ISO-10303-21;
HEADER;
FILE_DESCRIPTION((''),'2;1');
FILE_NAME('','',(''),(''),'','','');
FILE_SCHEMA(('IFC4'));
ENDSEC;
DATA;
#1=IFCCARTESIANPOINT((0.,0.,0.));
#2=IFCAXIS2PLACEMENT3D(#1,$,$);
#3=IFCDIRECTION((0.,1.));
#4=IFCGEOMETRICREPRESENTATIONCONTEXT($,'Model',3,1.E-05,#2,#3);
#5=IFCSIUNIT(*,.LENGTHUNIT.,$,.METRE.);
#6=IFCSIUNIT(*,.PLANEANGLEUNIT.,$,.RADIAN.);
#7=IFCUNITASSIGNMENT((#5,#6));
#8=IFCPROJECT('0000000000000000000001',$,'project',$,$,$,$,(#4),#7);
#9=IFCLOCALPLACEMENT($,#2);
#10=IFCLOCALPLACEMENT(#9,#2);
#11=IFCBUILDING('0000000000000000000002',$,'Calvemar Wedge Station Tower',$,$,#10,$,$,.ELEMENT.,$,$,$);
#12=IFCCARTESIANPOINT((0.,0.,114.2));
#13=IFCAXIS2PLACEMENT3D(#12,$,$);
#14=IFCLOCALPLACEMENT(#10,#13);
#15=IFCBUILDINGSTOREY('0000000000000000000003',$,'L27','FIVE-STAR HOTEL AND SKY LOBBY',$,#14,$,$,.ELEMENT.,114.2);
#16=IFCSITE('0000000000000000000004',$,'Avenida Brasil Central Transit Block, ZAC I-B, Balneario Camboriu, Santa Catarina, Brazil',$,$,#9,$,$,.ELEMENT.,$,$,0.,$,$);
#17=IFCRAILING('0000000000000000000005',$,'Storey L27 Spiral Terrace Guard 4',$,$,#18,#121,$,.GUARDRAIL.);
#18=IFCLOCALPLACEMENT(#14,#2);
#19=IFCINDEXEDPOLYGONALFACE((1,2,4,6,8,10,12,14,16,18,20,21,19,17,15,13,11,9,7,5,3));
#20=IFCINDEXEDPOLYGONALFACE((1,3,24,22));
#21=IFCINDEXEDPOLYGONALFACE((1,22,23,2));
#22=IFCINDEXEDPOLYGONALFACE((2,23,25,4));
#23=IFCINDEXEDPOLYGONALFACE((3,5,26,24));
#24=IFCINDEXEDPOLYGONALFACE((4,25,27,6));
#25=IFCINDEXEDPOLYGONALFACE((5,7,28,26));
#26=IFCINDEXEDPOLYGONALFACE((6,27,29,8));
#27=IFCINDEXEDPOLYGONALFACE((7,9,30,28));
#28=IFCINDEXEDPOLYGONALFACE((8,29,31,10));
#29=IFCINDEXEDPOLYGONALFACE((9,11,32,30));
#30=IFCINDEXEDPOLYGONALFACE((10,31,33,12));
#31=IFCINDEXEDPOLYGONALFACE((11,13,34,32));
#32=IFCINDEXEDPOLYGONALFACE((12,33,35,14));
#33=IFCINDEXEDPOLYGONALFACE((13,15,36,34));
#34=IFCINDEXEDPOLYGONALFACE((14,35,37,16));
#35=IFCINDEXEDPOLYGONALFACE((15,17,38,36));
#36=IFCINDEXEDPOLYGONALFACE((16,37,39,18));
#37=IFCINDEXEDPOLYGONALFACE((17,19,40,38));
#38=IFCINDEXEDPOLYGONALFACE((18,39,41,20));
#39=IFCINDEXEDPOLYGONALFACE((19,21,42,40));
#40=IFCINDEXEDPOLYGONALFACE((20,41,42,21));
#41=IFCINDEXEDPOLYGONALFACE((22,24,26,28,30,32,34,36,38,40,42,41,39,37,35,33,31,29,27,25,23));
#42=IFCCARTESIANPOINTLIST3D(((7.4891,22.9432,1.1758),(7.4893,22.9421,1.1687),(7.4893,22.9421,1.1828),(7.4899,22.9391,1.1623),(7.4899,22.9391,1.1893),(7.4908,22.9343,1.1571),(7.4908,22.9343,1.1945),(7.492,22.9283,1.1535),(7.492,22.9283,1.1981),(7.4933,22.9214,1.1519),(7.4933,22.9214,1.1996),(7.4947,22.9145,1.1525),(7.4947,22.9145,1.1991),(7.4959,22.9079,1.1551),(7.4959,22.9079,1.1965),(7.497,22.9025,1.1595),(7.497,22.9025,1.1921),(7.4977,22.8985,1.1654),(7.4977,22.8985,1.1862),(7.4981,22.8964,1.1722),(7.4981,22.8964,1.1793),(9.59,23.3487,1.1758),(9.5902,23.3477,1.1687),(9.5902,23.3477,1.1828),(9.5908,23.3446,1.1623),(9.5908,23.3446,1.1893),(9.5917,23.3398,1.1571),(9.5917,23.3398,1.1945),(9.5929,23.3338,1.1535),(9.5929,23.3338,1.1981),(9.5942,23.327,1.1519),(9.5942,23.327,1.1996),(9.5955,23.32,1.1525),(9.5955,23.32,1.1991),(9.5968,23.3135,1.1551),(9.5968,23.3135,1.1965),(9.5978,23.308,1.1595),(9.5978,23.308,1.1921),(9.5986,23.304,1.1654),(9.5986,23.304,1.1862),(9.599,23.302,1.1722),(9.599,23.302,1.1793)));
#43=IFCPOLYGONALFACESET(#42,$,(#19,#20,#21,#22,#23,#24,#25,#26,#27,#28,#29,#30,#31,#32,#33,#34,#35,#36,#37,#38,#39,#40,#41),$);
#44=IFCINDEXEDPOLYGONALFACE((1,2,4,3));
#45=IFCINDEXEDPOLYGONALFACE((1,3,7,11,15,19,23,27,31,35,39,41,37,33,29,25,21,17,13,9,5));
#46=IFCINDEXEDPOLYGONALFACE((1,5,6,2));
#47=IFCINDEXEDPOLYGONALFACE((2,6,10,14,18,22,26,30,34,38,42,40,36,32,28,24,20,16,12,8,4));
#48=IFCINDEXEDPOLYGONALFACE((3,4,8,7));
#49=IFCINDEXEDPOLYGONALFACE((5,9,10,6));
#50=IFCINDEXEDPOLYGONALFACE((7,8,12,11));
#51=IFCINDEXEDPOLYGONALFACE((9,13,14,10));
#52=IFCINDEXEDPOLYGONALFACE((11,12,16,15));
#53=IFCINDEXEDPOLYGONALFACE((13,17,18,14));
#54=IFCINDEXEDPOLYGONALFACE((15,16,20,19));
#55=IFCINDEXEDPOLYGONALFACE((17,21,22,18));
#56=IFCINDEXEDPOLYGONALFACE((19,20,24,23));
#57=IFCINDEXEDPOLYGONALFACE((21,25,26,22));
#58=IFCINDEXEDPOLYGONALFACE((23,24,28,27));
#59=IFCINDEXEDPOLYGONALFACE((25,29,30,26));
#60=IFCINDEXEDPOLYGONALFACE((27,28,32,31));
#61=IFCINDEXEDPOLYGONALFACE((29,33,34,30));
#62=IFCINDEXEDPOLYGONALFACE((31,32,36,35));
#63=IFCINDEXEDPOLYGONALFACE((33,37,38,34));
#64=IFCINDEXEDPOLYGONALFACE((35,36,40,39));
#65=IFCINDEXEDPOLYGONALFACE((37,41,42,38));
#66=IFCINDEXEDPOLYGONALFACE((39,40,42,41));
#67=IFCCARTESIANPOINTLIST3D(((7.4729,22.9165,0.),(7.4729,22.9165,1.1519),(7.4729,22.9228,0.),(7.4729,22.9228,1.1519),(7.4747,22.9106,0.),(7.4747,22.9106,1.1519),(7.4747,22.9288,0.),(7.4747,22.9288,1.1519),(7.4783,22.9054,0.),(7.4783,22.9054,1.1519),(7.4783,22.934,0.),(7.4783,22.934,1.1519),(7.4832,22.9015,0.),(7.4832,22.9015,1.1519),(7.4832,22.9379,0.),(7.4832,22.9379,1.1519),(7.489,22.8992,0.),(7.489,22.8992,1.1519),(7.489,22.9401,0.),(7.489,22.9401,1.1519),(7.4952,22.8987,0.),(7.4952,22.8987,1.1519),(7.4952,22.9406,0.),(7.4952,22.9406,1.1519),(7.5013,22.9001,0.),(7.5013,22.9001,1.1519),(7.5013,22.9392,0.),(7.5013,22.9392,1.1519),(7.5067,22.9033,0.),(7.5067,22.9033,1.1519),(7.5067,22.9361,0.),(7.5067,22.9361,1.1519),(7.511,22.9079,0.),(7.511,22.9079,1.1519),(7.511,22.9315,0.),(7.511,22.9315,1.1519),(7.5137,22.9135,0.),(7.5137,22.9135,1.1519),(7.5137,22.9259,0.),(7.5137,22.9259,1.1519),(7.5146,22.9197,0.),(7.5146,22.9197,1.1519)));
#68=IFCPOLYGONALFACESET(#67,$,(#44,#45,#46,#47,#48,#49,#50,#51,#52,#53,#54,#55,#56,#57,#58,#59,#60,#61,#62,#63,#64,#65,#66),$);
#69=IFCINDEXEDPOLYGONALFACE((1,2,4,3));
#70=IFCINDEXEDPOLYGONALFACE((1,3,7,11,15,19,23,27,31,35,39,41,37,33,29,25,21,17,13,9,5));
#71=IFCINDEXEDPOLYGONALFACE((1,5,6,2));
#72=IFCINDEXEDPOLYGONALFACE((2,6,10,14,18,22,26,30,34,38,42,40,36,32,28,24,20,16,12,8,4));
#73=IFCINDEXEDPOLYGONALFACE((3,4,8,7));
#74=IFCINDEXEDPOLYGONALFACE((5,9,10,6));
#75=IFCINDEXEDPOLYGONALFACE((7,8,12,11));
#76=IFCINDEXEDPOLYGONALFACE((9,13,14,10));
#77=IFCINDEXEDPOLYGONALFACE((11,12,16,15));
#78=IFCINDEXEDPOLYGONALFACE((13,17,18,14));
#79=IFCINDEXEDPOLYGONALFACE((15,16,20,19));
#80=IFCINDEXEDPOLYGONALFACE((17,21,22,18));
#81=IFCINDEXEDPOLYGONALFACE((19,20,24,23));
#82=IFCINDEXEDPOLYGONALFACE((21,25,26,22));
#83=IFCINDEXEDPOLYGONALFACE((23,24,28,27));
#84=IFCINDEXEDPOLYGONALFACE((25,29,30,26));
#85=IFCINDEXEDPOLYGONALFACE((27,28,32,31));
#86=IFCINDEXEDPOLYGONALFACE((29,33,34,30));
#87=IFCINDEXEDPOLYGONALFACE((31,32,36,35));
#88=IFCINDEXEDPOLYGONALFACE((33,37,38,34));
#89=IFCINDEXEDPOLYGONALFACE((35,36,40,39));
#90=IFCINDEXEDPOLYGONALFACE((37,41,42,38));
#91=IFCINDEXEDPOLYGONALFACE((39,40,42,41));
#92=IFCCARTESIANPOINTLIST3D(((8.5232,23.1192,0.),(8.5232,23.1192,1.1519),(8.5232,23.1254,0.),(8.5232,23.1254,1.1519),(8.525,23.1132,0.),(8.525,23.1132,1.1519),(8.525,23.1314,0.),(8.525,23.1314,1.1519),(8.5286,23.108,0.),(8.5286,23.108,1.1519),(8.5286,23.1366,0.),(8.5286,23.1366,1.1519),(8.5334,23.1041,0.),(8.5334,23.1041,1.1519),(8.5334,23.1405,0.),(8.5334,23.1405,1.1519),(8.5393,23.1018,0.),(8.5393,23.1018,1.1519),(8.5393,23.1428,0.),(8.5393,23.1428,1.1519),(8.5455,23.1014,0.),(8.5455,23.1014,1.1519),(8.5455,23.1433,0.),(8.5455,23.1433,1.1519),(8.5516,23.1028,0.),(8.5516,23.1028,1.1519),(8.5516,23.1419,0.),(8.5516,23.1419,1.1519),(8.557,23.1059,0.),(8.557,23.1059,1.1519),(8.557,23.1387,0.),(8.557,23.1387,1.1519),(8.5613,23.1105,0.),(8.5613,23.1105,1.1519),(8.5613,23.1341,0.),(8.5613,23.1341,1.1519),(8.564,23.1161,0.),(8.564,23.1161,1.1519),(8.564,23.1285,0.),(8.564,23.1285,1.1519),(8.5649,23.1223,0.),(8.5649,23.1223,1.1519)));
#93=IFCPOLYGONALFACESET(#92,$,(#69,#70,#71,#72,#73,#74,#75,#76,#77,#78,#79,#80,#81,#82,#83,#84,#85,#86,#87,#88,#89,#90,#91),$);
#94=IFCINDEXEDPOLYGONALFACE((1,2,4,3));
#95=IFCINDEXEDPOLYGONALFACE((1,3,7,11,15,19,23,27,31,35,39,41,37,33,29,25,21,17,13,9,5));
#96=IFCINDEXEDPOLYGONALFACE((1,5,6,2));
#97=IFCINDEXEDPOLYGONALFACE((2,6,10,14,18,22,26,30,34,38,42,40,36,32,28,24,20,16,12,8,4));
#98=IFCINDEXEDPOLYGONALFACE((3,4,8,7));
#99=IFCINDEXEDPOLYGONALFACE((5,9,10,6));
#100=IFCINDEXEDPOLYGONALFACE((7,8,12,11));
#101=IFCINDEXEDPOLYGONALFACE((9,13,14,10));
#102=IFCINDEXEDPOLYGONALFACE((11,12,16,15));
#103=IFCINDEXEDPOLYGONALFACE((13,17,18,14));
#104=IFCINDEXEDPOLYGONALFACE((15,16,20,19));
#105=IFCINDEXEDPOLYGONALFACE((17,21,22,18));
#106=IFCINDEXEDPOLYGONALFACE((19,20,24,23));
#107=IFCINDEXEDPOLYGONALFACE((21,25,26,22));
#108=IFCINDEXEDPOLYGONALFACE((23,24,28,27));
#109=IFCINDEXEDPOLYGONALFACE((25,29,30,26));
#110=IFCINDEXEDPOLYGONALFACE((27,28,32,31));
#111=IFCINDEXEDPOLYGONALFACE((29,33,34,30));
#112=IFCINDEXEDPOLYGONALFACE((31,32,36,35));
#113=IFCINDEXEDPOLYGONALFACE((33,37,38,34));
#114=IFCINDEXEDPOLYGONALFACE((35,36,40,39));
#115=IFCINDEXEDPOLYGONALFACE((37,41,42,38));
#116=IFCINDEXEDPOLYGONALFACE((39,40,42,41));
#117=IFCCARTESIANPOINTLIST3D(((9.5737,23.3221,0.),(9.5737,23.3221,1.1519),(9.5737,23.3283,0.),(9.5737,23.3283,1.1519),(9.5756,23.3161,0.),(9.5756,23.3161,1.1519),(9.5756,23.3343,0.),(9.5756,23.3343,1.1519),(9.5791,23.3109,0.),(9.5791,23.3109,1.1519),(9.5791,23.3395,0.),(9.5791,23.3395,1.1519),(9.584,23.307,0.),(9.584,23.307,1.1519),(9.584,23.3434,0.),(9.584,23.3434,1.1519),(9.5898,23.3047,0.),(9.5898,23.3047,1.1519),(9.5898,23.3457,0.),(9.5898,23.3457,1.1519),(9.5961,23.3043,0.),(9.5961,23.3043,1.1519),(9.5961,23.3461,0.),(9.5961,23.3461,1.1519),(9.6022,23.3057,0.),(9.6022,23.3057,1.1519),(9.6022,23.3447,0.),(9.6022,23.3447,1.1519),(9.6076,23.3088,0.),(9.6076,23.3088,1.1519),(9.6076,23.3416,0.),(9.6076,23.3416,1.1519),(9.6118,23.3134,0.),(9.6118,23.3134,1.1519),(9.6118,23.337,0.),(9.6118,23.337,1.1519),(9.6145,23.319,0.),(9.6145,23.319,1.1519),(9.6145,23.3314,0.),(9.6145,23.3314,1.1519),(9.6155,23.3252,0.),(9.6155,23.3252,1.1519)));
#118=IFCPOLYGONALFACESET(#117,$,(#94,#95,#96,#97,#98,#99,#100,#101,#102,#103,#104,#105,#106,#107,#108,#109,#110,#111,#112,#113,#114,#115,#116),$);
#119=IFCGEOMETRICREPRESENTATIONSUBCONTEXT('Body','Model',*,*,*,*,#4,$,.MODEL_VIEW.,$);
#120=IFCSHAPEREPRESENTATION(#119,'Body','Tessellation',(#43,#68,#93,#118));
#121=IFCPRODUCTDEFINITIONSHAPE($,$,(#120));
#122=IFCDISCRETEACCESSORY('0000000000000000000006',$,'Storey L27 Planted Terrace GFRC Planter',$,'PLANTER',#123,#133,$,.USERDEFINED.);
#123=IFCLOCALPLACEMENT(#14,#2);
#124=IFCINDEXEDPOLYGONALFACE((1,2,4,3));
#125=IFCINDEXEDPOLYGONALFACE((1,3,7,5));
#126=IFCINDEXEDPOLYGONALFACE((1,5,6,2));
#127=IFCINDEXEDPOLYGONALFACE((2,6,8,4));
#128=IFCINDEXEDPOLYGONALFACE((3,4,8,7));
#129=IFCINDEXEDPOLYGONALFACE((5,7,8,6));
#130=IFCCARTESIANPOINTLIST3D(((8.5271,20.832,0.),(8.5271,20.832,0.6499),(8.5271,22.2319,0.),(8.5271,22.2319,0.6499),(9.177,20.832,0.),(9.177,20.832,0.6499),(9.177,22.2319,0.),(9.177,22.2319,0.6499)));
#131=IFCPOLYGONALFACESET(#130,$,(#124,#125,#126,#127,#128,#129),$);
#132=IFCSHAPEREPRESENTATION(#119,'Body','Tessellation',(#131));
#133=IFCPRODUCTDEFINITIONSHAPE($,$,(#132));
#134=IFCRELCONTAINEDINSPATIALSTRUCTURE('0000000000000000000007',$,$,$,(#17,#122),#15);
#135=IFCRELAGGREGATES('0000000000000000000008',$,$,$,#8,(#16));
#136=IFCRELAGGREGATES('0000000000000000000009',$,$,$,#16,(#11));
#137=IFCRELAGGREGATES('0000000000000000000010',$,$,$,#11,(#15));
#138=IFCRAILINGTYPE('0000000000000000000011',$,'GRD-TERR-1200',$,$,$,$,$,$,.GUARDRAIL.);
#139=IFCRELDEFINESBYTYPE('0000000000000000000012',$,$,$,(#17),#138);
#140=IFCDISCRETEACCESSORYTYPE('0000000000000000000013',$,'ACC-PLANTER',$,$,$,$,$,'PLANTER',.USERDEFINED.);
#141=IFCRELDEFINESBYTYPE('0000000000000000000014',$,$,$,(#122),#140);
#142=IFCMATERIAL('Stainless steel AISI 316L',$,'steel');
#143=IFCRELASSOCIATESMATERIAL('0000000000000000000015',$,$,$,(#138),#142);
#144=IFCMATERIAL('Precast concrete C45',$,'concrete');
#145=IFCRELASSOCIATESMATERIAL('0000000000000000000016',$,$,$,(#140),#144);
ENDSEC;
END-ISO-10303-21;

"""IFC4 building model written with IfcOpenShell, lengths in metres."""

from ifc_helpers import new_model, si_unit, direction, frame, origin, origin_2d, place, context, subcontext, project, spatial, rectangle, circle, extrude, source, transform, mapped, material, type_object, element, save


model = new_model("IFC4")

# Units and contexts
model_context = context("Model", 3, precision=1e-05, world=origin(), true_north=direction((0.0, 1.0)))
body_context = subcontext(model_context, "Body", "Model", "MODEL_VIEW")
ifc_project = project(units=[si_unit("LENGTHUNIT", "METRE"), si_unit("PLANEANGLEUNIT", "RADIAN")], contexts=[model_context])

# Site, building, storey
site_placement = place(None, origin())
site = spatial("IfcSite", under=ifc_project, at=site_placement, Name="Avenida Brasil Central Transit Block, ZAC I-B, Balneario Camboriu, Santa Catarina, Brazil", CompositionType="ELEMENT", RefElevation=0.0)
building_placement = place(site_placement, origin())
building = spatial("IfcBuilding", under=site, at=building_placement, Name="Calvemar Wedge Station Tower", CompositionType="ELEMENT")
storey_placement = place(building_placement, frame((0.0, 0.0, 114.2)))
storey = spatial("IfcBuildingStorey", under=building, at=storey_placement, Name="L27", Description="FIVE-STAR HOTEL AND SKY LOBBY", CompositionType="ELEMENT", Elevation=114.2)

# Railing
ifc_material_1 = material(Name="Stainless steel AISI 316L", Category="steel")
railing_type = type_object("IfcRailingType", Name="GRD-TERR-1200", PredefinedType="GUARDRAIL", material=ifc_material_1)
railing_1_placement = place(storey_placement, frame((7.4937, 22.9197, 0.0)))
element("IfcRailing", 1, at=railing_1_placement, inside=storey, type_object=railing_type, Name="Storey L27 Spiral Terrace Guard 4", PredefinedType="GUARDRAIL", context=body_context, shape_type="SweptSolid", body=[
    extrude(circle(Radius=0.0239, at=origin_2d()), frame((0.0, 0.0, 1.1758), z_axis=(0.981875, 0.189529, 0.0), x_axis=(-0.189529, 0.981875, 0.0)), (0.0, 0.0, 1.0), 2.1396),
    extrude(circle(Radius=0.021, at=origin_2d()), origin(), (0.0, 0.0, 1.0), 1.1519),
    extrude(circle(Radius=0.021, at=origin_2d()), frame((1.0503, 0.2026, 0.0)), (0.0, 0.0, 1.0), 1.1519),
    extrude(circle(Radius=0.021, at=origin_2d()), frame((2.1008, 0.4055, 0.0)), (0.0, 0.0, 1.0), 1.1519),
])

# Discrete accessory
ifc_material_2 = material(Name="Precast concrete C45", Category="concrete")
discrete_accessory_type = type_object("IfcDiscreteAccessoryType", Name="ACC-PLANTER", ElementType="PLANTER", PredefinedType="USERDEFINED", material=ifc_material_2)
shared_shape_1 = source(origin(), body_context, "Body", "SweptSolid", [
    extrude(rectangle(XDim=0.6499, YDim=1.3999, at=origin_2d()), origin(), (0.0, 0.0, 1.0), 0.6499),
])
discrete_accessory_placement = place(storey_placement, frame((8.8521, 21.532, 0.0), z_axis=(0.0, 0.0, 1.0), x_axis=(1.0, 0.0, 0.0)))
element("IfcDiscreteAccessory", 2, at=discrete_accessory_placement, inside=storey, type_object=discrete_accessory_type, Name="Storey L27 Planted Terrace GFRC Planter", ObjectType="PLANTER", PredefinedType="USERDEFINED", context=body_context, shape_type="MappedRepresentation", body=[
    mapped(shared_shape_1, transform((0.0, 0.0, 0.0), scale=1.0)),
])

save(model, "model.ifc")
